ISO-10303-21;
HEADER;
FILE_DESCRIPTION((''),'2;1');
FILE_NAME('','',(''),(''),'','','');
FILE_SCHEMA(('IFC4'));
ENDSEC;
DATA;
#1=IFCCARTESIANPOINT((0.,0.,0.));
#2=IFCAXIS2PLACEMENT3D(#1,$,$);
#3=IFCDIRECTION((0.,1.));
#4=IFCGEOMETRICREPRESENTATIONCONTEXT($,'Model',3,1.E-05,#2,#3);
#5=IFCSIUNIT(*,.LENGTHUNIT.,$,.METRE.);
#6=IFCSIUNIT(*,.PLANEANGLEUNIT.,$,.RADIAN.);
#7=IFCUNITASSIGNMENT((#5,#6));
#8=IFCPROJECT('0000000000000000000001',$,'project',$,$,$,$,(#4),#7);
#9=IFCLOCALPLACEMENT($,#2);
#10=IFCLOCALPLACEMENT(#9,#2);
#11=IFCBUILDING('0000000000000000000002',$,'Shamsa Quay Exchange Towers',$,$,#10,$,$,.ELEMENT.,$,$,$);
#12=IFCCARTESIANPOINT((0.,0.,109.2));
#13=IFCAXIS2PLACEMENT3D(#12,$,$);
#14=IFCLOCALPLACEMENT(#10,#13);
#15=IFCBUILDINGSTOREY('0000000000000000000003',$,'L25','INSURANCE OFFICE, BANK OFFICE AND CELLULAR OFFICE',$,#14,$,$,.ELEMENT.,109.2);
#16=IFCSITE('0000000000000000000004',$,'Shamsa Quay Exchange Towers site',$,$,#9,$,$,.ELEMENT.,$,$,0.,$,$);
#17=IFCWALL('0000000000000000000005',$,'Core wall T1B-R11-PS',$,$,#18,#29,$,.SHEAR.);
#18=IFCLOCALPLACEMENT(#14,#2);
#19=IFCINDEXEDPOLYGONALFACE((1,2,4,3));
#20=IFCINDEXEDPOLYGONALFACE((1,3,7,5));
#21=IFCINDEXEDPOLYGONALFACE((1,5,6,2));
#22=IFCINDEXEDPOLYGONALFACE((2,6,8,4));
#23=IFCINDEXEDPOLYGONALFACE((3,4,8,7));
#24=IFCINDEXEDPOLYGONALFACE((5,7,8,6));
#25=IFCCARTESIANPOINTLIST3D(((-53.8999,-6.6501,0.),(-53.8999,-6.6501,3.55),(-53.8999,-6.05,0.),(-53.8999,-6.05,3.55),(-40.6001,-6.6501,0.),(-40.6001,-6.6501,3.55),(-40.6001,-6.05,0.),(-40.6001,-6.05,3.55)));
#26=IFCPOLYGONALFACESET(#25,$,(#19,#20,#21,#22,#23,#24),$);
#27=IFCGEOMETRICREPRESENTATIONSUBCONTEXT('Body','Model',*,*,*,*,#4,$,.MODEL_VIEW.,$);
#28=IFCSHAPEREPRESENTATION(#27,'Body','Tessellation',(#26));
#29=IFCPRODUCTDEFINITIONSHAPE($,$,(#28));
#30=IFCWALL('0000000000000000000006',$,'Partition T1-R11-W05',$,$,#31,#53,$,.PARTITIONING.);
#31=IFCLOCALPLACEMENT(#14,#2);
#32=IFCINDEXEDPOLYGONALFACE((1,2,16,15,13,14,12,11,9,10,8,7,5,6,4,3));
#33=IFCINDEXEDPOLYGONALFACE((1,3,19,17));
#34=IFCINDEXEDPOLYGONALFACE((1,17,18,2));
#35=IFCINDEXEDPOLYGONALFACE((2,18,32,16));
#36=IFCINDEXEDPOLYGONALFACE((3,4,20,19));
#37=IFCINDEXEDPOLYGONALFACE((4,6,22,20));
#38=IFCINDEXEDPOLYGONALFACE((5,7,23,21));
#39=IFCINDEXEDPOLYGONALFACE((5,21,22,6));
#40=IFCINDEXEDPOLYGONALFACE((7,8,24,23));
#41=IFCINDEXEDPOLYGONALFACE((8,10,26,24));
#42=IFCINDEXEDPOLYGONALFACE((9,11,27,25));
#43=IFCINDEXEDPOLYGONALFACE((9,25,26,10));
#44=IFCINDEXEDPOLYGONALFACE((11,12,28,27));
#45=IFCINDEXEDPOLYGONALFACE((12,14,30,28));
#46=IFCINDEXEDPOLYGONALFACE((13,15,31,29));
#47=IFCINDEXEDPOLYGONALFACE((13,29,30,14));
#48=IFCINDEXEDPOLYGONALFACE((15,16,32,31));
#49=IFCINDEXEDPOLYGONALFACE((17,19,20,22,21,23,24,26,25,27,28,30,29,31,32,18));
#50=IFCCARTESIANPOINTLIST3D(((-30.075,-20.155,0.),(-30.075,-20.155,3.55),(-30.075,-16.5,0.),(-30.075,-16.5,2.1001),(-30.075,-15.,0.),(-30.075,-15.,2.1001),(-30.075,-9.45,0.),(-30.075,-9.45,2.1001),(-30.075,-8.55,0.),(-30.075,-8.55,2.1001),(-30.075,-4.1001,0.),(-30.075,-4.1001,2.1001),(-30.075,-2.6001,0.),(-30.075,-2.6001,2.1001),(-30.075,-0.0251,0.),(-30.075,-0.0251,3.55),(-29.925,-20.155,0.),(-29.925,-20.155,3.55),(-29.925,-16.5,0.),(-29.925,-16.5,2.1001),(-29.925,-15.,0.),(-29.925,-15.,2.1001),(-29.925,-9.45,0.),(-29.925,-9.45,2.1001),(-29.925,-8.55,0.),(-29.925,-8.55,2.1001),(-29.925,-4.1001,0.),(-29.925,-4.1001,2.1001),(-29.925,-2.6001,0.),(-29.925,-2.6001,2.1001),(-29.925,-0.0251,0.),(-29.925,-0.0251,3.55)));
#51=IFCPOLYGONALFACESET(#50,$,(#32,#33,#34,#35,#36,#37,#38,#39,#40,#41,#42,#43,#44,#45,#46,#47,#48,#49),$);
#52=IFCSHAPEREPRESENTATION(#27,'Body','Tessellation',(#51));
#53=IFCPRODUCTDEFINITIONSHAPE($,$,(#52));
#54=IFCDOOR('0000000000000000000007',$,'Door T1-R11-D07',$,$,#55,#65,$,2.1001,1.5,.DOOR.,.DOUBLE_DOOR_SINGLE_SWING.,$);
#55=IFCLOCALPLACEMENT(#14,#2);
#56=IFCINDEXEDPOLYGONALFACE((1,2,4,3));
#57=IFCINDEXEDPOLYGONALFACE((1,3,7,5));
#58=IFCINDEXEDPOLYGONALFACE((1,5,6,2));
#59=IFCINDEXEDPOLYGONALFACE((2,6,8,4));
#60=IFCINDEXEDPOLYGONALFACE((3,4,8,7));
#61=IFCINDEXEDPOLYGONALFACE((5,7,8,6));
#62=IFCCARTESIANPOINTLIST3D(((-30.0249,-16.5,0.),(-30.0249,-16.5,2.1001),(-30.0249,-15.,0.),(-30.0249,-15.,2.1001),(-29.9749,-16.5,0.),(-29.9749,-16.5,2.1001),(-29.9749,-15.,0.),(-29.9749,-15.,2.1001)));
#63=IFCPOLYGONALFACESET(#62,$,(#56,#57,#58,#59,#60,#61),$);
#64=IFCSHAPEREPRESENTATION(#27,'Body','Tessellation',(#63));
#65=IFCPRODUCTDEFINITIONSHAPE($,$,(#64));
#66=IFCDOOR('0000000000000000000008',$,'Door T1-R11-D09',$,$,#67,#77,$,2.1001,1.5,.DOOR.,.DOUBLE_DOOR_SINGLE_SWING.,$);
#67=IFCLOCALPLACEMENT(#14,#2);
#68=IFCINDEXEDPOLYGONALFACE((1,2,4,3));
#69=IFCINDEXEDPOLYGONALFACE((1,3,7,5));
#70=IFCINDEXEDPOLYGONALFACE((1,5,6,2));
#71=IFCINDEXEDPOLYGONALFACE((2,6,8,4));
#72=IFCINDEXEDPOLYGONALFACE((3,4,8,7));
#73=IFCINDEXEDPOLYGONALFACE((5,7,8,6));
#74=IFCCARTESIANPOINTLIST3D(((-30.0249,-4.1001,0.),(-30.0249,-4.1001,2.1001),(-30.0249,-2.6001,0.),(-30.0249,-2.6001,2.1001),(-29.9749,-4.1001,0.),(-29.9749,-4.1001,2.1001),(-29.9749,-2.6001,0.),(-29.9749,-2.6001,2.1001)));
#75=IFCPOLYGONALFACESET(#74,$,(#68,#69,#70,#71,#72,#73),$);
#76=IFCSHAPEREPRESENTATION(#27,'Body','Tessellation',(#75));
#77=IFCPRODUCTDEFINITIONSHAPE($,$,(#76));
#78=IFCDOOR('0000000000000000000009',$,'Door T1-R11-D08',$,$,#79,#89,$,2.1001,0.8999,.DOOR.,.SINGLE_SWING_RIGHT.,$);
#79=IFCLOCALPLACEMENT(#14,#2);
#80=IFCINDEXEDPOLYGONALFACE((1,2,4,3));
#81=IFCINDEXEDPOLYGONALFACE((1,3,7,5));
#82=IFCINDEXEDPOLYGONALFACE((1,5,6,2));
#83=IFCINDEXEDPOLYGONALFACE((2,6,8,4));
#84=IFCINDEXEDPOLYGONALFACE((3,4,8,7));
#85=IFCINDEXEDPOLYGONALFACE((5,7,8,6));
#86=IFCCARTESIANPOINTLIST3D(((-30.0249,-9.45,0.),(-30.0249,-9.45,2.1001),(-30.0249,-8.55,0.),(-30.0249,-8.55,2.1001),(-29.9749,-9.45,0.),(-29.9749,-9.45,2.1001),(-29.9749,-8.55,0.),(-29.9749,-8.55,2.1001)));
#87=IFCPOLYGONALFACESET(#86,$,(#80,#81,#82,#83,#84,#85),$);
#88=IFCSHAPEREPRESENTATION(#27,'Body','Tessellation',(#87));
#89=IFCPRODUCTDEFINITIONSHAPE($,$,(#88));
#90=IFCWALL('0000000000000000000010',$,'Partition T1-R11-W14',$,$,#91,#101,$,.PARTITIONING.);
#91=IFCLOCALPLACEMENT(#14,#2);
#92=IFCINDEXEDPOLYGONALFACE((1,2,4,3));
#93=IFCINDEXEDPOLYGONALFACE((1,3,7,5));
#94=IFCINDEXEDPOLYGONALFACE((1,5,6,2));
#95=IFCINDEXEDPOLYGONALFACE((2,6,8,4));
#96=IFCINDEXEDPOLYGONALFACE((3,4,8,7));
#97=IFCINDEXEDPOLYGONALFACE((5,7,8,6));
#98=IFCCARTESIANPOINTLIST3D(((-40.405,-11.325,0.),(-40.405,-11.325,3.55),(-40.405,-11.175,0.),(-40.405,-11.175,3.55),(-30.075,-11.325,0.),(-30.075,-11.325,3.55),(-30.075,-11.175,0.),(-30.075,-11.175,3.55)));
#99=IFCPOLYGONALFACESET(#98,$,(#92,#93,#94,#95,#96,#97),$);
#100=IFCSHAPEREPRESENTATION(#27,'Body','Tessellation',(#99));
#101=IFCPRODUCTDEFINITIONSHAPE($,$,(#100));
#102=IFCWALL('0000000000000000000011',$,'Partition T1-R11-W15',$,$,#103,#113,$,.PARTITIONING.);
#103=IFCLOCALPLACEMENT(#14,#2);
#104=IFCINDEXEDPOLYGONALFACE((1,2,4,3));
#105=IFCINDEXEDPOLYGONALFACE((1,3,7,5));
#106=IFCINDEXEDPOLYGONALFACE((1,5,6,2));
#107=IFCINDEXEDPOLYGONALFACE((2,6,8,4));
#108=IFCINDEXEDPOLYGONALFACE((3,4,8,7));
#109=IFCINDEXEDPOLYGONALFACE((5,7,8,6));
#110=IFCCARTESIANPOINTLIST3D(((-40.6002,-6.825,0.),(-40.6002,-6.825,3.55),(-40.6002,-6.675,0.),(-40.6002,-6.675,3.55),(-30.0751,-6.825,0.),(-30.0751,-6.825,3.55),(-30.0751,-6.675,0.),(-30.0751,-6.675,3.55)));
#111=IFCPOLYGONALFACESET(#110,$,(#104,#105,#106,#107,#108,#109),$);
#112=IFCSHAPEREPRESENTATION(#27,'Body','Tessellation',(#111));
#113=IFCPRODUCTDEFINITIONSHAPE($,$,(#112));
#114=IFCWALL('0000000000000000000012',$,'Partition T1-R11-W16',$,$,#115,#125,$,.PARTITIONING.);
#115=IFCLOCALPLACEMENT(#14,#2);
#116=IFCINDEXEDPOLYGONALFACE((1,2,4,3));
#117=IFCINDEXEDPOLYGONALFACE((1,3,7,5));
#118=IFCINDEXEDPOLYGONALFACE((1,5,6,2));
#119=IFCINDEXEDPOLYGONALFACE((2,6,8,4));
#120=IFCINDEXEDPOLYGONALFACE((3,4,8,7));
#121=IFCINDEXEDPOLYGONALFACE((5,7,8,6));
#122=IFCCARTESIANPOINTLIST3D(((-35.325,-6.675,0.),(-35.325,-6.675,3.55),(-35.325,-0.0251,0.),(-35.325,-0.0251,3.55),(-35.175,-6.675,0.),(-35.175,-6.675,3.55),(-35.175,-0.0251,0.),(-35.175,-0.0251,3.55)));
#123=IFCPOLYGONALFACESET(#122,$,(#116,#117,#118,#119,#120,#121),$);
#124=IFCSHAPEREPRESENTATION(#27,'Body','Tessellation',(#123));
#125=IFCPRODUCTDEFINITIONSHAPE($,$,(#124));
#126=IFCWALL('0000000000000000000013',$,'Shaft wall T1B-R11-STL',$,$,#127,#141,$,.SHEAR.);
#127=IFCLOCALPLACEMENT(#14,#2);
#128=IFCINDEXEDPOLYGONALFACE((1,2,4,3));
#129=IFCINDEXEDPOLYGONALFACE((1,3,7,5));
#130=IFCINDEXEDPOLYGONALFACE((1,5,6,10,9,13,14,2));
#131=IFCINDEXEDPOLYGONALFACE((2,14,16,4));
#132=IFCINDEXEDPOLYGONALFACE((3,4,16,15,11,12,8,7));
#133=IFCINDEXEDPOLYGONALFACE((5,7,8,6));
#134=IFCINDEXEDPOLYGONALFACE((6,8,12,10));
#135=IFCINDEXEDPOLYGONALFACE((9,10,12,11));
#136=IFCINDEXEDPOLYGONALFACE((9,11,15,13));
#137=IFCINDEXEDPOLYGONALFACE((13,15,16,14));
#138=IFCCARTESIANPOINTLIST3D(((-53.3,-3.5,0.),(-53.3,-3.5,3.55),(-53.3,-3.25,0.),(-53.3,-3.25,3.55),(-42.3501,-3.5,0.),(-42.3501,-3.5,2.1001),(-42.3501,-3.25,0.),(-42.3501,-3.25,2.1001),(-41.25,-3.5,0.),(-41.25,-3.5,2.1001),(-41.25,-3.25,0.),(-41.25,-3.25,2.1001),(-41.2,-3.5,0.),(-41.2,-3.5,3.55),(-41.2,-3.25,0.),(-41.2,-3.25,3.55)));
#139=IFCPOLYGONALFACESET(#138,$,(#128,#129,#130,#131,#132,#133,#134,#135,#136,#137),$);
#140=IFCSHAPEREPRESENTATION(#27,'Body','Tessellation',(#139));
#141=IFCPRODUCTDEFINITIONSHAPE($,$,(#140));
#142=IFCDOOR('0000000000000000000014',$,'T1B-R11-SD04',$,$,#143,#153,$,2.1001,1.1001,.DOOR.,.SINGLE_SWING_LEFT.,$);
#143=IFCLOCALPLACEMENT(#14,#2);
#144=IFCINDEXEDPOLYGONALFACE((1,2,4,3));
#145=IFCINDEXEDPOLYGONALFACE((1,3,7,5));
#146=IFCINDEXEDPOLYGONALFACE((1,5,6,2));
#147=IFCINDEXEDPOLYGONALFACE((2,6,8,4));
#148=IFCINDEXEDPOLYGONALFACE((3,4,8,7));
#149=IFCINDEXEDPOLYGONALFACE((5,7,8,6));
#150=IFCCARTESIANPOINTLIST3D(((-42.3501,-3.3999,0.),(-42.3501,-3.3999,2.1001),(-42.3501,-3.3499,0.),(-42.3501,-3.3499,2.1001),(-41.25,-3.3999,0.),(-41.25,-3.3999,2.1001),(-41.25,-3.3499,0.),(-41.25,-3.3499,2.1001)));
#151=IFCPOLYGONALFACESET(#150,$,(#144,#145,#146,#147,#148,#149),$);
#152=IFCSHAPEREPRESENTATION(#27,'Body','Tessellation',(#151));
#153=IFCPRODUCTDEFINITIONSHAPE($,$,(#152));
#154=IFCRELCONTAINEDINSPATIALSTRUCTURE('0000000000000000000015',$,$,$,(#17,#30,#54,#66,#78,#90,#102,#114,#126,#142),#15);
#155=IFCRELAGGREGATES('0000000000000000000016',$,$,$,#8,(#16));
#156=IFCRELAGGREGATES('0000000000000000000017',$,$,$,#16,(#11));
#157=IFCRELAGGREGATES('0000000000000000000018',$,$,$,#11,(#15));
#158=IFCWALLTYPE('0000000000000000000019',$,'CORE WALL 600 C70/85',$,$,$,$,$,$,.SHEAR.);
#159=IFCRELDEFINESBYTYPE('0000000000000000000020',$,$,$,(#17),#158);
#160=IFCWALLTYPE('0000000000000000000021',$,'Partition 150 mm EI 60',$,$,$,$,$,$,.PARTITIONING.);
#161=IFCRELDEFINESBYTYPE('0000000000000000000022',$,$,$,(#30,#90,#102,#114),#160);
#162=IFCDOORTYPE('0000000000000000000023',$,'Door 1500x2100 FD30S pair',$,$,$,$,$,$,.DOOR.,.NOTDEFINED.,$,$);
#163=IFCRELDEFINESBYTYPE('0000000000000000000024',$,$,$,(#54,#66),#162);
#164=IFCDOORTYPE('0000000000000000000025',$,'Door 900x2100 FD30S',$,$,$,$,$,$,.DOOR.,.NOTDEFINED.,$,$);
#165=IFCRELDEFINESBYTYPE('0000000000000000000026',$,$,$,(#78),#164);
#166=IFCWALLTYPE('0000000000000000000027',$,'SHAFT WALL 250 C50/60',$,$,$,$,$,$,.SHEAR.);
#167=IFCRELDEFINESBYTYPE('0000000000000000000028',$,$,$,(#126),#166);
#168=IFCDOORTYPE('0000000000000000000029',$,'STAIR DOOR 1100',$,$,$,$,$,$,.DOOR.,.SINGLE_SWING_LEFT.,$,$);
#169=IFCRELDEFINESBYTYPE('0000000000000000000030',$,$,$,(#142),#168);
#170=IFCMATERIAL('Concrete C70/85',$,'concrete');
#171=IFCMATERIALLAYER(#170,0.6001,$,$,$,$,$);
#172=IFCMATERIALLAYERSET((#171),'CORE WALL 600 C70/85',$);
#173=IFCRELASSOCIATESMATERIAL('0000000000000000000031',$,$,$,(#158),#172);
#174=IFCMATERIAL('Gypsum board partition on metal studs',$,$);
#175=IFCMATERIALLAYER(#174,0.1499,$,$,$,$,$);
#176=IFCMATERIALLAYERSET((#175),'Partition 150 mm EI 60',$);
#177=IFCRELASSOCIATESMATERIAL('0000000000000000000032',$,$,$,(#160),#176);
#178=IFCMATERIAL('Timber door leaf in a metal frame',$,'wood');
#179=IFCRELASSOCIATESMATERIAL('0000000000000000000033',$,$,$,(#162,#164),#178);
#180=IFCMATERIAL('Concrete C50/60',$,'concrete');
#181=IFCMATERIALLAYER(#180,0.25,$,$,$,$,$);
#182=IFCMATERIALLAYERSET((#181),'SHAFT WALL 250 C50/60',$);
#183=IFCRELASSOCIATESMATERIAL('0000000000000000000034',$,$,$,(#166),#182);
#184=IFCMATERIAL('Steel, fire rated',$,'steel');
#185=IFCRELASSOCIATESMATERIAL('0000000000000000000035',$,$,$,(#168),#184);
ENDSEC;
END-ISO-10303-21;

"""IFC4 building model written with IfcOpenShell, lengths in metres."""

from ifc_helpers import new_model, si_unit, direction, frame, frame_2d, origin, place, context, subcontext, project, spatial, rectangle, extrude, material, layer, layer_set, type_object, element, fill, save


model = new_model("IFC4")

# Units and contexts
model_context = context("Model", 3, precision=1e-05, world=origin(), true_north=direction((0.0, 1.0)))
body_context = subcontext(model_context, "Body", "Model", "MODEL_VIEW")
ifc_project = project(units=[si_unit("LENGTHUNIT", "METRE"), si_unit("PLANEANGLEUNIT", "RADIAN")], contexts=[model_context])

# Site, building, storey
site_placement = place(None, origin())
site = spatial("IfcSite", under=ifc_project, at=site_placement, Name="Shamsa Quay Exchange Towers site", CompositionType="ELEMENT", RefElevation=0.0)
building_placement = place(site_placement, origin())
building = spatial("IfcBuilding", under=site, at=building_placement, Name="Shamsa Quay Exchange Towers", CompositionType="ELEMENT")
storey_placement = place(building_placement, frame((0.0, 0.0, 109.2)))
storey = spatial("IfcBuildingStorey", under=building, at=storey_placement, Name="L25", Description="INSURANCE OFFICE, BANK OFFICE AND CELLULAR OFFICE", CompositionType="ELEMENT", Elevation=109.2)

# Wall
ifc_material_1 = material(Name="Concrete C70/85", Category="concrete")
ifc_layer_1 = layer(ifc_material_1, 0.6001)
ifc_layer_set_1 = layer_set([ifc_layer_1], Name="CORE WALL 600 C70/85")
wall_type_1 = type_object("IfcWallType", Name="CORE WALL 600 C70/85", PredefinedType="SHEAR", material=ifc_layer_set_1)
wall_1_placement = place(storey_placement, frame((-40.6001, -6.3501, 0.0), z_axis=(0.0, 0.0, 1.0), x_axis=(-1.0, 0.0, 0.0)))
element("IfcWall", 1, at=wall_1_placement, inside=storey, type_object=wall_type_1, Name="Core wall T1B-R11-PS", PredefinedType="SHEAR", context=body_context, shape_type="SweptSolid", body=[
    extrude(rectangle(XDim=13.2998, YDim=0.6001, at=frame_2d((6.6499, 0.0))), origin(), (0.0, 0.0, 1.0), 3.55),
])

# Shared definitions
ifc_material_2 = material(Name="Steel, fire rated", Category="steel")

# Wall, openings, doors
ifc_material_3 = material(Name="Gypsum board partition on metal studs")
ifc_layer_2 = layer(ifc_material_3, 0.1499)
ifc_layer_set_2 = layer_set([ifc_layer_2], Name="Partition 150 mm EI 60")
wall_type_2 = type_object("IfcWallType", Name="Partition 150 mm EI 60", PredefinedType="PARTITIONING", material=ifc_layer_set_2)
wall_2_placement = place(storey_placement, frame((-30.0, -20.155, 0.0), z_axis=(0.0, 0.0, 1.0), x_axis=(0.0, 1.0, 0.0)))
wall_2 = element("IfcWall", 2, at=wall_2_placement, inside=storey, type_object=wall_type_2, Name="Partition T1-R11-W05", PredefinedType="PARTITIONING", context=body_context, shape_type="SweptSolid", body=[
    extrude(rectangle(XDim=20.1299, YDim=0.1499, at=frame_2d((10.0649, 0.0))), origin(), (0.0, 0.0, 1.0), 3.55),
])
opening_1_placement = place(wall_2_placement, frame((3.655, 0.0, 0.0)))
opening_1 = element("IfcOpeningElement", 3, at=opening_1_placement, cuts=wall_2, PredefinedType="OPENING", context=body_context, shape_type="SweptSolid", body=[
    extrude(rectangle(XDim=1.5, YDim=2.1001, at=frame_2d((0.75, 1.05))), frame((0.0, 0.085, 0.0), z_axis=(0.0, -1.0, 0.0), x_axis=(1.0, 0.0, 0.0)), (0.0, 0.0, 1.0), 0.1699),
])
opening_2_placement = place(wall_2_placement, frame((10.7051, 0.0, 0.0)))
opening_2 = element("IfcOpeningElement", 4, at=opening_2_placement, cuts=wall_2, PredefinedType="OPENING", context=body_context, shape_type="SweptSolid", body=[
    extrude(rectangle(XDim=0.8999, YDim=2.1001, at=frame_2d((0.45, 1.05))), frame((0.0, 0.085, 0.0), z_axis=(0.0, -1.0, 0.0), x_axis=(1.0, 0.0, 0.0)), (0.0, 0.0, 1.0), 0.1699),
])
opening_3_placement = place(wall_2_placement, frame((16.0549, 0.0, 0.0)))
opening_3 = element("IfcOpeningElement", 5, at=opening_3_placement, cuts=wall_2, PredefinedType="OPENING", context=body_context, shape_type="SweptSolid", body=[
    extrude(rectangle(XDim=1.5, YDim=2.1001, at=frame_2d((0.75, 1.05))), frame((0.0, 0.085, 0.0), z_axis=(0.0, -1.0, 0.0), x_axis=(1.0, 0.0, 0.0)), (0.0, 0.0, 1.0), 0.1699),
])
ifc_material_4 = material(Name="Timber door leaf in a metal frame", Category="wood")
door_type_1 = type_object("IfcDoorType", Name="Door 1500x2100 FD30S pair", OperationType="NOTDEFINED", PredefinedType="DOOR", material=ifc_material_4)
door_1_placement = place(opening_1_placement, origin())
door_1 = element("IfcDoor", 6, at=door_1_placement, inside=storey, type_object=door_type_1, Name="Door T1-R11-D07", OperationType="DOUBLE_DOOR_SINGLE_SWING", OverallHeight=2.1001, OverallWidth=1.5, PredefinedType="DOOR", context=body_context, shape_type="SweptSolid", body=[
    extrude(rectangle(XDim=1.5, YDim=2.1001, at=frame_2d((0.75, 1.05))), frame((0.0, 0.0249, 0.0), z_axis=(0.0, -1.0, 0.0), x_axis=(1.0, 0.0, 0.0)), (0.0, 0.0, 1.0), 0.05),
])
fill(opening_1, door_1)
door_2_placement = place(opening_3_placement, origin())
door_2 = element("IfcDoor", 7, at=door_2_placement, inside=storey, type_object=door_type_1, Name="Door T1-R11-D09", OperationType="DOUBLE_DOOR_SINGLE_SWING", OverallHeight=2.1001, OverallWidth=1.5, PredefinedType="DOOR", context=body_context, shape_type="SweptSolid", body=[
    extrude(rectangle(XDim=1.5, YDim=2.1001, at=frame_2d((0.75, 1.05))), frame((0.0, 0.0249, 0.0), z_axis=(0.0, -1.0, 0.0), x_axis=(1.0, 0.0, 0.0)), (0.0, 0.0, 1.0), 0.05),
])
fill(opening_3, door_2)
door_type_2 = type_object("IfcDoorType", Name="Door 900x2100 FD30S", OperationType="NOTDEFINED", PredefinedType="DOOR", material=ifc_material_4)
door_3_placement = place(opening_2_placement, origin())
door_3 = element("IfcDoor", 8, at=door_3_placement, inside=storey, type_object=door_type_2, Name="Door T1-R11-D08", OperationType="SINGLE_SWING_RIGHT", OverallHeight=2.1001, OverallWidth=0.8999, PredefinedType="DOOR", context=body_context, shape_type="SweptSolid", body=[
    extrude(rectangle(XDim=0.8999, YDim=2.1001, at=frame_2d((0.45, 1.05))), frame((0.0, 0.0249, 0.0), z_axis=(0.0, -1.0, 0.0), x_axis=(1.0, 0.0, 0.0)), (0.0, 0.0, 1.0), 0.05),
])
fill(opening_2, door_3)

# Walls
wall_3_placement = place(storey_placement, frame((-40.405, -11.25, 0.0)))
element("IfcWall", 9, at=wall_3_placement, inside=storey, type_object=wall_type_2, Name="Partition T1-R11-W14", PredefinedType="PARTITIONING", context=body_context, shape_type="SweptSolid", body=[
    extrude(rectangle(XDim=10.3301, YDim=0.1499, at=frame_2d((5.165, 0.0))), origin(), (0.0, 0.0, 1.0), 3.55),
])
wall_4_placement = place(storey_placement, frame((-30.075, -6.75, 0.0), z_axis=(0.0, 0.0, 1.0), x_axis=(-1.0, 0.0, 0.0)))
element("IfcWall", 10, at=wall_4_placement, inside=storey, type_object=wall_type_2, Name="Partition T1-R11-W15", PredefinedType="PARTITIONING", context=body_context, shape_type="SweptSolid", body=[
    extrude(rectangle(XDim=10.5251, YDim=0.1499, at=frame_2d((5.2627, 0.0))), origin(), (0.0, 0.0, 1.0), 3.55),
])
wall_5_placement = place(storey_placement, frame((-35.25, -6.675, 0.0), z_axis=(0.0, 0.0, 1.0), x_axis=(0.0, 1.0, 0.0)))
element("IfcWall", 11, at=wall_5_placement, inside=storey, type_object=wall_type_2, Name="Partition T1-R11-W16", PredefinedType="PARTITIONING", context=body_context, shape_type="SweptSolid", body=[
    extrude(rectangle(XDim=6.6499, YDim=0.1499, at=frame_2d((3.325, 0.0))), origin(), (0.0, 0.0, 1.0), 3.55),
])

# Wall, opening, door
ifc_material_5 = material(Name="Concrete C50/60", Category="concrete")
ifc_layer_3 = layer(ifc_material_5, 0.25)
ifc_layer_set_3 = layer_set([ifc_layer_3], Name="SHAFT WALL 250 C50/60")
wall_type_3 = type_object("IfcWallType", Name="SHAFT WALL 250 C50/60", PredefinedType="SHEAR", material=ifc_layer_set_3)
wall_6_placement = place(storey_placement, frame((-41.2, -3.375, 0.0), z_axis=(0.0, 0.0, 1.0), x_axis=(-1.0, 0.0, 0.0)))
wall_6 = element("IfcWall", 12, at=wall_6_placement, inside=storey, type_object=wall_type_3, Name="Shaft wall T1B-R11-STL", PredefinedType="SHEAR", context=body_context, shape_type="SweptSolid", body=[
    extrude(rectangle(XDim=12.1001, YDim=0.25, at=frame_2d((6.05, 0.0))), origin(), (0.0, 0.0, 1.0), 3.55),
])
opening_4_placement = place(wall_6_placement, frame((0.05, 0.0, 0.0)))
opening_4 = element("IfcOpeningElement", 13, at=opening_4_placement, cuts=wall_6, PredefinedType="OPENING", context=body_context, shape_type="SweptSolid", body=[
    extrude(rectangle(XDim=1.1001, YDim=2.1001, at=frame_2d((0.55, 1.05))), frame((0.0, 0.135, 0.0), z_axis=(0.0, -1.0, 0.0), x_axis=(1.0, 0.0, 0.0)), (0.0, 0.0, 1.0), 0.27),
])
door_type_3 = type_object("IfcDoorType", Name="STAIR DOOR 1100", OperationType="SINGLE_SWING_LEFT", PredefinedType="DOOR", material=ifc_material_2)
door_4_placement = place(opening_4_placement, origin())
door_4 = element("IfcDoor", 14, at=door_4_placement, inside=storey, type_object=door_type_3, Name="T1B-R11-SD04", OperationType="SINGLE_SWING_LEFT", OverallHeight=2.1001, OverallWidth=1.1001, PredefinedType="DOOR", context=body_context, shape_type="SweptSolid", body=[
    extrude(rectangle(XDim=1.1001, YDim=2.1001, at=frame_2d((0.55, 1.05))), frame((0.0, 0.0249, 0.0), z_axis=(0.0, -1.0, 0.0), x_axis=(1.0, 0.0, 0.0)), (0.0, 0.0, 1.0), 0.05),
])
fill(opening_4, door_4)

save(model, "model.ifc")
